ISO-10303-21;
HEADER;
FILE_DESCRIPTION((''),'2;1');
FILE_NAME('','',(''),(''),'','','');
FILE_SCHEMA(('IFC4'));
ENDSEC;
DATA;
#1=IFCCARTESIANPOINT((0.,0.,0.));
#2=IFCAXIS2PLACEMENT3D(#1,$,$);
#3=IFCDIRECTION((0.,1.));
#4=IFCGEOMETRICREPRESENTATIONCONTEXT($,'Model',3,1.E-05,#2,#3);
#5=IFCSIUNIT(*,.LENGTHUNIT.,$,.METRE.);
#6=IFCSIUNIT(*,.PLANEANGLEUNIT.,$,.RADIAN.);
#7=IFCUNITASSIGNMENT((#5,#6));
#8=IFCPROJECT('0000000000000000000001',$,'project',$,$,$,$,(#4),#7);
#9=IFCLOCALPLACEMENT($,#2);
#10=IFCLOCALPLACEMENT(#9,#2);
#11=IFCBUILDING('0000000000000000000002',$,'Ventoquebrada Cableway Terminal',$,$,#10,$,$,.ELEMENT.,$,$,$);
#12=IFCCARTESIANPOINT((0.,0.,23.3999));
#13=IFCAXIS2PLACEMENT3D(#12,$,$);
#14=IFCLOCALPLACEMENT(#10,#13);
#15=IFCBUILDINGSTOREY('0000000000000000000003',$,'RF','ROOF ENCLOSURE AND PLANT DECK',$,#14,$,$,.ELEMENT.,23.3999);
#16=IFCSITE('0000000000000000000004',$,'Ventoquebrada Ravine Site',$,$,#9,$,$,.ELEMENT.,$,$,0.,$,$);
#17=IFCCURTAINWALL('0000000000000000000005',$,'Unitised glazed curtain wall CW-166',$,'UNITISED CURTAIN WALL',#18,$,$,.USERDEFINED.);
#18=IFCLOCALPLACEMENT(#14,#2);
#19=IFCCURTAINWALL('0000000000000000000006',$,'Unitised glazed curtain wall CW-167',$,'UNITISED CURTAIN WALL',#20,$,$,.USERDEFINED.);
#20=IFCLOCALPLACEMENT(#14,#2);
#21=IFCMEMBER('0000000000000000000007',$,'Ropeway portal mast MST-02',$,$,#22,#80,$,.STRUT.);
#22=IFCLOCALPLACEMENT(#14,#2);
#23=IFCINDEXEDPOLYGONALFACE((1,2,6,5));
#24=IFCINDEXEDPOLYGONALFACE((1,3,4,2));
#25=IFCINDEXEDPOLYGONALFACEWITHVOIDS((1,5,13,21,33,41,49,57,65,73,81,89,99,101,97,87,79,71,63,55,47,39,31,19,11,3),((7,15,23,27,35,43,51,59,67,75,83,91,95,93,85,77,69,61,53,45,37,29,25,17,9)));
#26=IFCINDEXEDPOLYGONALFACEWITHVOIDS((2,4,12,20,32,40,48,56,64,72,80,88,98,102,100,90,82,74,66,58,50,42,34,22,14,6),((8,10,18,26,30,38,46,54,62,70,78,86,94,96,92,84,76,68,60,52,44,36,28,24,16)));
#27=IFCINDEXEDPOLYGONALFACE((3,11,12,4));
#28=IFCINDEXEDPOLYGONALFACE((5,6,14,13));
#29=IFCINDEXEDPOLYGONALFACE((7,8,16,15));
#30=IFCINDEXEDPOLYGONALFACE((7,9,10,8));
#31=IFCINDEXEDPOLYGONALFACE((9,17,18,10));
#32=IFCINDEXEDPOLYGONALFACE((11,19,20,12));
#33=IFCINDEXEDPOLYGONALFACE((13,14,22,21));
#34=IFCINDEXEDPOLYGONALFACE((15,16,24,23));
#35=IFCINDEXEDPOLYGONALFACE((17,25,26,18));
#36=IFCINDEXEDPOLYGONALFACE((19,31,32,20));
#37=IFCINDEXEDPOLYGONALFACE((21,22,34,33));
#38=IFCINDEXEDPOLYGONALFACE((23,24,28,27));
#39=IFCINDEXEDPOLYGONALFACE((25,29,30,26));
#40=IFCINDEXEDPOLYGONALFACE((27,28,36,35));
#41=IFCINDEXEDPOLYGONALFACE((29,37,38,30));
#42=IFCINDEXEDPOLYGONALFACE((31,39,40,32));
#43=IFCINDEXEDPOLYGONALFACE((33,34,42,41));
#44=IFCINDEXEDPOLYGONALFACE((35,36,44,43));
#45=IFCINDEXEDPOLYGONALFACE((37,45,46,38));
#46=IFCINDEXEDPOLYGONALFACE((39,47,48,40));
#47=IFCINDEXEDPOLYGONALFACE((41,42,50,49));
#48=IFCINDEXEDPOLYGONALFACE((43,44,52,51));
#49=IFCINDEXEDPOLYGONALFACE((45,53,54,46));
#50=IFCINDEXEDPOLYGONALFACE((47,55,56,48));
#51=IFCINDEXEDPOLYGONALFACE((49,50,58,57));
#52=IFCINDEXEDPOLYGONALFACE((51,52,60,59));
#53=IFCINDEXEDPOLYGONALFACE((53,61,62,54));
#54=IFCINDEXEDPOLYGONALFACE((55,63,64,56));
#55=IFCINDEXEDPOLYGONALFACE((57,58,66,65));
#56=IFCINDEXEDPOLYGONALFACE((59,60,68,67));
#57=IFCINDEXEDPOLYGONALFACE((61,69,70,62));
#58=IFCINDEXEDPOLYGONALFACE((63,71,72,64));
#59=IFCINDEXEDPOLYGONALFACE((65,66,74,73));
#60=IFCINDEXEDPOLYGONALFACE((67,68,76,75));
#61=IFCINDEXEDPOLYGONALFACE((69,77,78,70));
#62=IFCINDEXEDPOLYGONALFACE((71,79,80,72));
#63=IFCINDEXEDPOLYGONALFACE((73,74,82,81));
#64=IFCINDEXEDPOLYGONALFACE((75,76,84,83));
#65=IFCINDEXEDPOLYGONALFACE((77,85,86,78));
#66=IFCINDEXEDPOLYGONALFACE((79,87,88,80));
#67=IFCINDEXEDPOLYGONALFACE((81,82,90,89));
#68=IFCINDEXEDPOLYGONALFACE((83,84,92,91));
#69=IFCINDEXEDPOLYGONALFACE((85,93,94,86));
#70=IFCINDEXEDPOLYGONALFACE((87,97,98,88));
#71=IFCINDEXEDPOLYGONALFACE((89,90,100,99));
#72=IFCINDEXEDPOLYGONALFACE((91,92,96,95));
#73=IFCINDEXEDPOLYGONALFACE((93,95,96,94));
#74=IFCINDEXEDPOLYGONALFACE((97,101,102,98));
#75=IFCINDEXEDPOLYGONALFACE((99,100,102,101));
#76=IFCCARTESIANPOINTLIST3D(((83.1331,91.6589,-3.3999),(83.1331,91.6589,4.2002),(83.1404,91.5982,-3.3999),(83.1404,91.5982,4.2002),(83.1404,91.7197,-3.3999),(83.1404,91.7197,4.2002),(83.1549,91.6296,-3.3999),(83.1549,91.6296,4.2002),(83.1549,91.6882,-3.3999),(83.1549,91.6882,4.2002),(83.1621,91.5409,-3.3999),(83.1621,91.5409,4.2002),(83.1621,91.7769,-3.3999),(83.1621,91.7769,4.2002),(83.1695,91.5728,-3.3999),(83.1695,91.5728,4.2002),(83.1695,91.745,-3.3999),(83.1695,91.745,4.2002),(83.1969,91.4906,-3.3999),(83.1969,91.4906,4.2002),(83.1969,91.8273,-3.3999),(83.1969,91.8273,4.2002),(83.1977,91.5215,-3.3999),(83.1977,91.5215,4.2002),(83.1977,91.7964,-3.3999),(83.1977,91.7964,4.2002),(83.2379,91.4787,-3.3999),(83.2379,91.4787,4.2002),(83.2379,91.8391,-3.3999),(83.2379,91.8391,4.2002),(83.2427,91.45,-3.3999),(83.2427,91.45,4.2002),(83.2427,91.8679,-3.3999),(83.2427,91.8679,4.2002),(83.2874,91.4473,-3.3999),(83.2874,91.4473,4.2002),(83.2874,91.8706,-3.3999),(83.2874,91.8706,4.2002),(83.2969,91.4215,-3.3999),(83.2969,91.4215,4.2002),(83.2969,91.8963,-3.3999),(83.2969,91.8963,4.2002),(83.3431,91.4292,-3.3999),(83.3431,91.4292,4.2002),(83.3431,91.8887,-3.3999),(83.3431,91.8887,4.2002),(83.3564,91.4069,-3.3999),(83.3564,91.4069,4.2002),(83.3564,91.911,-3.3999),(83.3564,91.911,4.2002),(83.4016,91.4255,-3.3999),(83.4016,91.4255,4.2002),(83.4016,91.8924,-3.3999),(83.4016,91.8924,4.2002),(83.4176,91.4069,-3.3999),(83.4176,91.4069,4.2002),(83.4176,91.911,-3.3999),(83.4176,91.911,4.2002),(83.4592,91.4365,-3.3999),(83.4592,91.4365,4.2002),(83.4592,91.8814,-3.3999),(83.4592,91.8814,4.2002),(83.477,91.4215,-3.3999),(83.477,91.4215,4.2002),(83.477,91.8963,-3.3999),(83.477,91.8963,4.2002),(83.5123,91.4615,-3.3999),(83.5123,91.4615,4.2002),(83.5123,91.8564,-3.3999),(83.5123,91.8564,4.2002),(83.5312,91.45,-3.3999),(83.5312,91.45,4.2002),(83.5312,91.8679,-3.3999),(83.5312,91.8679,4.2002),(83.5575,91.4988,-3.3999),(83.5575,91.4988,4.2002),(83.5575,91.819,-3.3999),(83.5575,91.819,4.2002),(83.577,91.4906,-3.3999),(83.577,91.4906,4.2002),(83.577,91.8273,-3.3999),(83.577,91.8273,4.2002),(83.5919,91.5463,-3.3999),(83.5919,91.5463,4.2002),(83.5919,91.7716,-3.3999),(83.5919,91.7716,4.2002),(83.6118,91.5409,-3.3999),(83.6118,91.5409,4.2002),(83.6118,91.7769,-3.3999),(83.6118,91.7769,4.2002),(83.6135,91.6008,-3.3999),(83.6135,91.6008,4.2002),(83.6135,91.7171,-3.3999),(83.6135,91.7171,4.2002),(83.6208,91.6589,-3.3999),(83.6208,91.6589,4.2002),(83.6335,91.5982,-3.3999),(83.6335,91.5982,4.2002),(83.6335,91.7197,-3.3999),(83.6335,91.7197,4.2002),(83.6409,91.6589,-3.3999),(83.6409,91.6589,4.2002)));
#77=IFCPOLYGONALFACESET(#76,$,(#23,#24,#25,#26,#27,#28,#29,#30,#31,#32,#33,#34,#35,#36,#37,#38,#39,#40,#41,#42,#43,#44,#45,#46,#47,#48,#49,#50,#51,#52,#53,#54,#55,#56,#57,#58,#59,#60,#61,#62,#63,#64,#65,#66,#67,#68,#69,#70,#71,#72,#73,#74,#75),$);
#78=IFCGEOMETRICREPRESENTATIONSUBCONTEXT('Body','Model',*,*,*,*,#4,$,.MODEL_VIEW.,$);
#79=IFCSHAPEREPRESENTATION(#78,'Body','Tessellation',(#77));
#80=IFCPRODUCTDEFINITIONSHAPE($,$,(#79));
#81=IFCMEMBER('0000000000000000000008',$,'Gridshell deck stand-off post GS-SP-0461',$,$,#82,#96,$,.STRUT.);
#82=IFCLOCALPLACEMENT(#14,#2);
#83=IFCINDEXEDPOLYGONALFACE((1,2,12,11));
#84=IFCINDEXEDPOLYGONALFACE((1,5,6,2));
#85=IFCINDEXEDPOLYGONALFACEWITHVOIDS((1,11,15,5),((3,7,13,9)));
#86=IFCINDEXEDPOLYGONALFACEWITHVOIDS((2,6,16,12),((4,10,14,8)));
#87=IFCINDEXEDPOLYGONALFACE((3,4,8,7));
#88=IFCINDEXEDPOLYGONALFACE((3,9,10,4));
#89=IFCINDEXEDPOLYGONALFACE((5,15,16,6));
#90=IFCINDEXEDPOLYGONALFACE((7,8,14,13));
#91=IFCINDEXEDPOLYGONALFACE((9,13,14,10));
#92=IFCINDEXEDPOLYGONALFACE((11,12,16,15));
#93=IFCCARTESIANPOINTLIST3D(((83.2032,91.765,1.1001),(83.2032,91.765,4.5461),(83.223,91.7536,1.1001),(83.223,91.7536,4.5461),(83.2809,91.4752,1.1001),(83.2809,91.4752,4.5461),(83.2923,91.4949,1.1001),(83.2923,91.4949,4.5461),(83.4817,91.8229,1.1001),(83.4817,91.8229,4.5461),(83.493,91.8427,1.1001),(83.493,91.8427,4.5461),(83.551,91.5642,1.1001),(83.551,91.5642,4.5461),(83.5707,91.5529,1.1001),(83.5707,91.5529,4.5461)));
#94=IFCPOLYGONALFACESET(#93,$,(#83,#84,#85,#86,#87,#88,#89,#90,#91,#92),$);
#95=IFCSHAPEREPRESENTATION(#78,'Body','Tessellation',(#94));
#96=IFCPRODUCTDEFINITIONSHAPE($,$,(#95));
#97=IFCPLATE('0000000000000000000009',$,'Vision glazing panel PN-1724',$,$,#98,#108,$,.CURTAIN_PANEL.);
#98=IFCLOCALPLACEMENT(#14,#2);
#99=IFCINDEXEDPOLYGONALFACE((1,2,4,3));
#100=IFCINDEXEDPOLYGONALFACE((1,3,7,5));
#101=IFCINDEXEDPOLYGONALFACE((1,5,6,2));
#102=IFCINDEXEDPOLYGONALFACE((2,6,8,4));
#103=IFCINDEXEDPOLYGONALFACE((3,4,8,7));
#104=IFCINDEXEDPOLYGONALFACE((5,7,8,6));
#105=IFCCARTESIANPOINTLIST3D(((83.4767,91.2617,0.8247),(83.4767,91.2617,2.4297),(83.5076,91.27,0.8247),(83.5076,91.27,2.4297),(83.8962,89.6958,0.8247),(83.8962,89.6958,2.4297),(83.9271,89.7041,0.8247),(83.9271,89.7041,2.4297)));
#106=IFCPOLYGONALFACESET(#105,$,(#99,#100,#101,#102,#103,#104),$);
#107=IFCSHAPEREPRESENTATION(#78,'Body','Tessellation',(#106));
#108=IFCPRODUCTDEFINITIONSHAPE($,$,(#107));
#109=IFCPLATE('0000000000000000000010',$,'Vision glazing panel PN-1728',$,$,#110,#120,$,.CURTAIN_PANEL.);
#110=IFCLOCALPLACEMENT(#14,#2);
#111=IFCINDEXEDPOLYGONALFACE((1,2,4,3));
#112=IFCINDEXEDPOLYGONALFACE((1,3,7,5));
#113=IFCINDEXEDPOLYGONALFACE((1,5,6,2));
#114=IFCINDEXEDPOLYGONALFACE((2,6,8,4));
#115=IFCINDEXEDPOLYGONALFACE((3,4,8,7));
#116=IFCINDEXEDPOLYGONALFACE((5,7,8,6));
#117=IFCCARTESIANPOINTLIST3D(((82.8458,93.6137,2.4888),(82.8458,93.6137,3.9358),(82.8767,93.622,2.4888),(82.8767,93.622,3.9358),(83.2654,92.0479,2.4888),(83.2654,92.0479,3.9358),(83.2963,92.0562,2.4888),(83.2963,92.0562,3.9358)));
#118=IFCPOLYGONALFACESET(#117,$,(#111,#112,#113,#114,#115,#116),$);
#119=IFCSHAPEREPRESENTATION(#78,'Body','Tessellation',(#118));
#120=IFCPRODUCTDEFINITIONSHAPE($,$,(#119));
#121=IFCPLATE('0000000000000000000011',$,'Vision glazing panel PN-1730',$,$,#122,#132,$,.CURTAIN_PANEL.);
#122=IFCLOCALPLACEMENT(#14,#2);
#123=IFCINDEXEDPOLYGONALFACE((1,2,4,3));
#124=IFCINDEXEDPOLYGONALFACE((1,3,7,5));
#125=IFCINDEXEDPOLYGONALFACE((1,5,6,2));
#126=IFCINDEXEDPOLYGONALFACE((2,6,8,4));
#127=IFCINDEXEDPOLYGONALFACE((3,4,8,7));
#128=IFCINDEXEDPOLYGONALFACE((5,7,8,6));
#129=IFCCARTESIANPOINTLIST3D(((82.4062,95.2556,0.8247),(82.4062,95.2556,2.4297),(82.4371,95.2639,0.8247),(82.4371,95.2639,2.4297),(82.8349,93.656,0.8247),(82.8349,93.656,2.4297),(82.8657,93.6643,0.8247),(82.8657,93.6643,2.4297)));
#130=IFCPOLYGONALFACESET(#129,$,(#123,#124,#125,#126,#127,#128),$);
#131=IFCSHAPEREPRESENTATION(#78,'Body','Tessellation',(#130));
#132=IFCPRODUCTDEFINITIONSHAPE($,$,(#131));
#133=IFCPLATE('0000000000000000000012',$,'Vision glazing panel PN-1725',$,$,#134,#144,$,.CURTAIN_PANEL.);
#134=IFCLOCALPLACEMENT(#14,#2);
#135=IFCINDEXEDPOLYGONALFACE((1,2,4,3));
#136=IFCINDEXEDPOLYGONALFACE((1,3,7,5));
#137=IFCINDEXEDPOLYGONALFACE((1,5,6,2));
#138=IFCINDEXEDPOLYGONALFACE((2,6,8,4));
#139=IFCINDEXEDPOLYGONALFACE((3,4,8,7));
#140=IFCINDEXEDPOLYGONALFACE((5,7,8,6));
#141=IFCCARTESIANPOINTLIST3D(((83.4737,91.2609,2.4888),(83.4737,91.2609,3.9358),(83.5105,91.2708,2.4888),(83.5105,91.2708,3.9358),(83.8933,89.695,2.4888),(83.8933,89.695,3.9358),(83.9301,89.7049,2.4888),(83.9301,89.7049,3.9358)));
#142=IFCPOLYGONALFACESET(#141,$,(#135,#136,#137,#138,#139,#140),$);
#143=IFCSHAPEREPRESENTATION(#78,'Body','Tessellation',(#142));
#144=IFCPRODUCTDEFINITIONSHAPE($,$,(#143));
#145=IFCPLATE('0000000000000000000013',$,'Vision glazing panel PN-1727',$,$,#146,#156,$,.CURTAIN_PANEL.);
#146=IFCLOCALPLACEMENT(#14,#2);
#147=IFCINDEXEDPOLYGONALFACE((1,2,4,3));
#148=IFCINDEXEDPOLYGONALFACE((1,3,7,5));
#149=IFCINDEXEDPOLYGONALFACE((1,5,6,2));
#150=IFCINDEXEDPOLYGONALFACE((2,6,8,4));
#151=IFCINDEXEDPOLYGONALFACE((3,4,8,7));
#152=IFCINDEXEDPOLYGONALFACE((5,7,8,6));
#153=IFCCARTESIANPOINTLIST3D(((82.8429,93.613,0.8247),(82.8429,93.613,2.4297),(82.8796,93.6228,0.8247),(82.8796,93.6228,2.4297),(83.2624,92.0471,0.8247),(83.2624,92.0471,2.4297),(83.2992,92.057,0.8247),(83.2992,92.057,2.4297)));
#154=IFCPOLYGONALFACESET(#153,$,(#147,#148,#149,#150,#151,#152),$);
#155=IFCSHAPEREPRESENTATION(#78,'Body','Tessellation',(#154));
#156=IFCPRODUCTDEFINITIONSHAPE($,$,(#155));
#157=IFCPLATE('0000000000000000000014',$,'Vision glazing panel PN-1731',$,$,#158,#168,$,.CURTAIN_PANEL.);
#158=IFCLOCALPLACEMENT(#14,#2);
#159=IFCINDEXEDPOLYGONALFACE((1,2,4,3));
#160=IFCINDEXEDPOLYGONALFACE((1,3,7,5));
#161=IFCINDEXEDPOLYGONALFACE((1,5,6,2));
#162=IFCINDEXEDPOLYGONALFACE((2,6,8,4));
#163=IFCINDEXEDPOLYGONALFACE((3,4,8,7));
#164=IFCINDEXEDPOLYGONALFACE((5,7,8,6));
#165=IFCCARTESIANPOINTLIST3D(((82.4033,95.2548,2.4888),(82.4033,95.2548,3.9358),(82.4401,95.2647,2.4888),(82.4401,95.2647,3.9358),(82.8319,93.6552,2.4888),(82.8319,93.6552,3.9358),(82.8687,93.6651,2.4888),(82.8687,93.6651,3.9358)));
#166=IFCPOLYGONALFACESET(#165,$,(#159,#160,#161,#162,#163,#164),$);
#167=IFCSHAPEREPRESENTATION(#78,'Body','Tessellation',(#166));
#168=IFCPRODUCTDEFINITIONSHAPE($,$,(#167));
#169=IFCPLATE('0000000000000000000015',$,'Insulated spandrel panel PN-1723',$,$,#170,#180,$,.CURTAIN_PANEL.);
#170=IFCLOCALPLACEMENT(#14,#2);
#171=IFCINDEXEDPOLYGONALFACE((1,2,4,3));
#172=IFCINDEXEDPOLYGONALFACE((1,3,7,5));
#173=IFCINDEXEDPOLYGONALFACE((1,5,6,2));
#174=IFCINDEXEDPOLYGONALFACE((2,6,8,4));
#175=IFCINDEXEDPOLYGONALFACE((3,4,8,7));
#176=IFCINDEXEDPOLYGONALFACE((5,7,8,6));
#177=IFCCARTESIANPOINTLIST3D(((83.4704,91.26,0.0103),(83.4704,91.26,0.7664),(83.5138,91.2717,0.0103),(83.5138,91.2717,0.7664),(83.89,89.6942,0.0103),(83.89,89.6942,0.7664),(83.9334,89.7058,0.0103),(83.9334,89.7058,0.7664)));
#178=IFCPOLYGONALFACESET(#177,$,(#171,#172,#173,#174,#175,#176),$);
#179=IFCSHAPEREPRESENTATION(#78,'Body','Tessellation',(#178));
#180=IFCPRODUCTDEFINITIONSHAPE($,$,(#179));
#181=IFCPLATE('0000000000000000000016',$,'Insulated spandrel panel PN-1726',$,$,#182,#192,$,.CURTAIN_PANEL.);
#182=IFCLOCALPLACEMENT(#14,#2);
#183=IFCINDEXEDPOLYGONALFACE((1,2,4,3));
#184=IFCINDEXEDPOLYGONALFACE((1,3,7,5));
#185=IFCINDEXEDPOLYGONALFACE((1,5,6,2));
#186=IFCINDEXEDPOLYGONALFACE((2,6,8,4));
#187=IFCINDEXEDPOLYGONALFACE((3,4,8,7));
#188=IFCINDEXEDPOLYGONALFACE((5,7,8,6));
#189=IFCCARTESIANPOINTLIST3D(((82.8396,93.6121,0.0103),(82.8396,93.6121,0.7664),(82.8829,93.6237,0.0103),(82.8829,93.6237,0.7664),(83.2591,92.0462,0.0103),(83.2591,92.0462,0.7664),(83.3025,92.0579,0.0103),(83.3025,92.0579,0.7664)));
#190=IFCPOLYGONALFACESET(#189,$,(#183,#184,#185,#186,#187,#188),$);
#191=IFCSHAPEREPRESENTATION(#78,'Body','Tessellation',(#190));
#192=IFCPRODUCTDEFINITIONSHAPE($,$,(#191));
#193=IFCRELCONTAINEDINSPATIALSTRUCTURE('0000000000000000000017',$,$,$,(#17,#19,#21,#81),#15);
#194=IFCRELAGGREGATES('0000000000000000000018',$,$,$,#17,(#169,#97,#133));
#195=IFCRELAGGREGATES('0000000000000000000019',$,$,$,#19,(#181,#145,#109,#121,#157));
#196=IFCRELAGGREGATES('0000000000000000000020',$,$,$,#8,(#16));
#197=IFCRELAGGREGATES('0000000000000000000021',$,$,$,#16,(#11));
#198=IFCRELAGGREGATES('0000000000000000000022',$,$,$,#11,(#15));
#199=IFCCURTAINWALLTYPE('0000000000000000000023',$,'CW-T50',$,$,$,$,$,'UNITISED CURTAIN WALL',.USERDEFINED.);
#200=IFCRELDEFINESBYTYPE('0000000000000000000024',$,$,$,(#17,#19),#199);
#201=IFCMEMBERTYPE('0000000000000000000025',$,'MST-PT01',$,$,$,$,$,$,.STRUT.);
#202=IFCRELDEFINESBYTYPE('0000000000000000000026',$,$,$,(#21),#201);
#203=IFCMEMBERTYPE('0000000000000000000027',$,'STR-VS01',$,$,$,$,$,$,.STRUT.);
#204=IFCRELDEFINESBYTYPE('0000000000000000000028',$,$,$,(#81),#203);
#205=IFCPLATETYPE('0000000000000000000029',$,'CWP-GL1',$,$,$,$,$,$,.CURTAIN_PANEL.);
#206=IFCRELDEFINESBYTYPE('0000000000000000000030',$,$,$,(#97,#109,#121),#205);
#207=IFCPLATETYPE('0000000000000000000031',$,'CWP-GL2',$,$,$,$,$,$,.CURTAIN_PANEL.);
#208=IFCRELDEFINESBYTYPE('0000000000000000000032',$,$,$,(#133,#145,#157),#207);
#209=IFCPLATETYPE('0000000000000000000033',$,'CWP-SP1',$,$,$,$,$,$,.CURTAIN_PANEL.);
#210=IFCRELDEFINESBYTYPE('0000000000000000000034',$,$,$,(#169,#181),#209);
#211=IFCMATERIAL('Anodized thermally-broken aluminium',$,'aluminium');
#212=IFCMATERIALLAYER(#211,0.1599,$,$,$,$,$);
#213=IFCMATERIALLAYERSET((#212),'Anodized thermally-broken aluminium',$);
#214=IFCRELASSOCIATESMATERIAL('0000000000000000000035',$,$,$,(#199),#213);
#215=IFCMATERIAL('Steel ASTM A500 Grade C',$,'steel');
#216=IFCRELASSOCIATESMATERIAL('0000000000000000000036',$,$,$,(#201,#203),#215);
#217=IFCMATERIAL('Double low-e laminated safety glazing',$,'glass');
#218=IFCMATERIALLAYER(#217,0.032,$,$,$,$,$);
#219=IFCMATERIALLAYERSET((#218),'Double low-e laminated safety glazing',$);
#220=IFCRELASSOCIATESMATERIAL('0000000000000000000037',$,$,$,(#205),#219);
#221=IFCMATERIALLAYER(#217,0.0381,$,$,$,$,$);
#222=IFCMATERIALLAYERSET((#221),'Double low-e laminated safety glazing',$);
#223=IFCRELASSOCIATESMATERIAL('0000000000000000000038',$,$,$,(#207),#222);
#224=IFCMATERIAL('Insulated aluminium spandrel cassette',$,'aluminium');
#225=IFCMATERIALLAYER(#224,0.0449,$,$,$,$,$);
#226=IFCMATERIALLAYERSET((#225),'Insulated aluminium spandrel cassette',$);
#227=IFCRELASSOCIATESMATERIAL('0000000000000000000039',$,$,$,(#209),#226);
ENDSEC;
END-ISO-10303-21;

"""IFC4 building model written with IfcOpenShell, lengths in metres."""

from ifc_helpers import new_model, si_unit, direction, frame, origin, origin_2d, place, context, subcontext, project, spatial, rectangle, hollow_rectangle, hollow_circle, extrude, material, layer, layer_set, material_profile, profile_set, type_object, element, aggregate, save


model = new_model("IFC4")

# Units and contexts
model_context = context("Model", 3, precision=1e-05, world=origin(), true_north=direction((0.0, 1.0)))
body_context = subcontext(model_context, "Body", "Model", "MODEL_VIEW")
ifc_project = project(units=[si_unit("LENGTHUNIT", "METRE"), si_unit("PLANEANGLEUNIT", "RADIAN")], contexts=[model_context])

# Site, building, storey
site_placement = place(None, origin())
site = spatial("IfcSite", under=ifc_project, at=site_placement, Name="Ventoquebrada Ravine Site", CompositionType="ELEMENT", RefElevation=0.0)
building_placement = place(site_placement, origin())
building = spatial("IfcBuilding", under=site, at=building_placement, Name="Ventoquebrada Cableway Terminal", CompositionType="ELEMENT")
storey_placement = place(building_placement, frame((0.0, 0.0, 23.3999)))
storey = spatial("IfcBuildingStorey", under=building, at=storey_placement, Name="RF", Description="ROOF ENCLOSURE AND PLANT DECK", CompositionType="ELEMENT", Elevation=23.3999)

# Shared definitions
ifc_material_1 = material(Name="Steel ASTM A500 Grade C", Category="steel")

# Curtain wall
ifc_material_2 = material(Name="Anodized thermally-broken aluminium", Category="aluminium")
ifc_layer_1 = layer(ifc_material_2, 0.1599)
ifc_layer_set_1 = layer_set([ifc_layer_1], Name="Anodized thermally-broken aluminium")
curtain_wall_type = type_object("IfcCurtainWallType", Name="CW-T50", ElementType="UNITISED CURTAIN WALL", PredefinedType="USERDEFINED", material=ifc_layer_set_1)
curtain_wall_1_placement = place(storey_placement, origin())
curtain_wall_1 = element("IfcCurtainWall", 1, at=curtain_wall_1_placement, inside=storey, type_object=curtain_wall_type, Name="Unitised glazed curtain wall CW-166", ObjectType="UNITISED CURTAIN WALL", PredefinedType="USERDEFINED")

# Curtain wall
curtain_wall_2_placement = place(storey_placement, origin())
curtain_wall_2 = element("IfcCurtainWall", 2, at=curtain_wall_2_placement, inside=storey, type_object=curtain_wall_type, Name="Unitised glazed curtain wall CW-167", ObjectType="UNITISED CURTAIN WALL", PredefinedType="USERDEFINED")

# Members
ifc_material_profile_1 = material_profile(ifc_material_1, hollow_circle(Radius=0.2539, WallThickness=0.02, at=origin_2d()), Name="CHS508.0X20")
ifc_profile_set_1 = profile_set([ifc_material_profile_1], Name="Steel ASTM A500 Grade C")
member_type_1 = type_object("IfcMemberType", Name="MST-PT01", PredefinedType="STRUT", material=ifc_profile_set_1)
member_1_placement = place(storey_placement, frame((83.387, 91.6589, -3.3999), z_axis=(0.0, 0.0, 1.0), x_axis=(1.0, 0.0, 0.0)))
element("IfcMember", 3, at=member_1_placement, inside=storey, type_object=member_type_1, Name="Ropeway portal mast MST-02", PredefinedType="STRUT", context=body_context, shape_type="SweptSolid", body=[
    extrude(hollow_circle(Radius=0.2539, WallThickness=0.02, at=origin_2d()), origin(), (0.0, 0.0, 1.0), 7.6001),
])
ifc_material_profile_2 = material_profile(ifc_material_1, hollow_rectangle(XDim=0.3, YDim=0.3, WallThickness=0.0161, at=origin_2d()), Name="HSS300X300X16")
ifc_profile_set_2 = profile_set([ifc_material_profile_2], Name="Steel ASTM A500 Grade C")
member_type_2 = type_object("IfcMemberType", Name="STR-VS01", PredefinedType="STRUT", material=ifc_profile_set_2)
member_2_placement = place(storey_placement, frame((83.387, 91.6589, 1.1001), z_axis=(0.0, 0.0, 1.0), x_axis=(0.965926, 0.258819, 0.0)))
element("IfcMember", 4, at=member_2_placement, inside=storey, type_object=member_type_2, Name="Gridshell deck stand-off post GS-SP-0461", PredefinedType="STRUT", context=body_context, shape_type="SweptSolid", body=[
    extrude(hollow_rectangle(XDim=0.3, YDim=0.3, WallThickness=0.0161, at=origin_2d()), origin(), (0.0, 0.0, 1.0), 3.446),
])

# Plates
ifc_material_3 = material(Name="Double low-e laminated safety glazing", Category="glass")
ifc_layer_2 = layer(ifc_material_3, 0.032)
ifc_layer_set_2 = layer_set([ifc_layer_2], Name="Double low-e laminated safety glazing")
plate_type_1 = type_object("IfcPlateType", Name="CWP-GL1", PredefinedType="CURTAIN_PANEL", material=ifc_layer_set_2)
plate_1_placement = place(storey_placement, frame((83.7019, 90.4829, 0.8247), z_axis=(0.0, 0.0, 1.0), x_axis=(-0.258802, 0.96593, 0.0)))
plate_1 = element("IfcPlate", 5, at=plate_1_placement, type_object=plate_type_1, Name="Vision glazing panel PN-1724", PredefinedType="CURTAIN_PANEL", context=body_context, shape_type="SweptSolid", body=[
    extrude(rectangle(XDim=1.6211, YDim=0.032, at=origin_2d()), origin(), (0.0, 0.0, 1.0), 1.605),
])
plate_2_placement = place(storey_placement, frame((83.071, 92.835, 2.4888), z_axis=(0.0, 0.0, 1.0), x_axis=(-0.258836, 0.965921, 0.0)))
plate_2 = element("IfcPlate", 6, at=plate_2_placement, type_object=plate_type_1, Name="Vision glazing panel PN-1728", PredefinedType="CURTAIN_PANEL", context=body_context, shape_type="SweptSolid", body=[
    extrude(rectangle(XDim=1.6211, YDim=0.032, at=origin_2d()), origin(), (0.0, 0.0, 1.0), 1.447),
])
plate_3_placement = place(storey_placement, frame((82.636, 94.46, 0.8247), z_axis=(0.0, 0.0, 1.0), x_axis=(-0.258836, 0.965921, 0.0)))
plate_3 = element("IfcPlate", 7, at=plate_3_placement, type_object=plate_type_1, Name="Vision glazing panel PN-1730", PredefinedType="CURTAIN_PANEL", context=body_context, shape_type="SweptSolid", body=[
    extrude(rectangle(XDim=1.656, YDim=0.032, at=origin_2d()), origin(), (0.0, 0.0, 1.0), 1.605),
])
ifc_layer_3 = layer(ifc_material_3, 0.0381)
ifc_layer_set_3 = layer_set([ifc_layer_3], Name="Double low-e laminated safety glazing")
plate_type_2 = type_object("IfcPlateType", Name="CWP-GL2", PredefinedType="CURTAIN_PANEL", material=ifc_layer_set_3)
plate_4_placement = place(storey_placement, frame((83.7019, 90.4829, 2.4888), z_axis=(0.0, 0.0, 1.0), x_axis=(-0.258802, 0.96593, 0.0)))
plate_4 = element("IfcPlate", 8, at=plate_4_placement, type_object=plate_type_2, Name="Vision glazing panel PN-1725", PredefinedType="CURTAIN_PANEL", context=body_context, shape_type="SweptSolid", body=[
    extrude(rectangle(XDim=1.6211, YDim=0.0381, at=origin_2d()), origin(), (0.0, 0.0, 1.0), 1.447),
])
plate_5_placement = place(storey_placement, frame((83.071, 92.835, 0.8247), z_axis=(0.0, 0.0, 1.0), x_axis=(-0.258836, 0.965921, 0.0)))
plate_5 = element("IfcPlate", 9, at=plate_5_placement, type_object=plate_type_2, Name="Vision glazing panel PN-1727", PredefinedType="CURTAIN_PANEL", context=body_context, shape_type="SweptSolid", body=[
    extrude(rectangle(XDim=1.6211, YDim=0.0381, at=origin_2d()), origin(), (0.0, 0.0, 1.0), 1.605),
])
plate_6_placement = place(storey_placement, frame((82.636, 94.46, 2.4888), z_axis=(0.0, 0.0, 1.0), x_axis=(-0.258836, 0.965921, 0.0)))
plate_6 = element("IfcPlate", 10, at=plate_6_placement, type_object=plate_type_2, Name="Vision glazing panel PN-1731", PredefinedType="CURTAIN_PANEL", context=body_context, shape_type="SweptSolid", body=[
    extrude(rectangle(XDim=1.656, YDim=0.0381, at=origin_2d()), origin(), (0.0, 0.0, 1.0), 1.447),
])
ifc_material_4 = material(Name="Insulated aluminium spandrel cassette", Category="aluminium")
ifc_layer_4 = layer(ifc_material_4, 0.0449)
ifc_layer_set_4 = layer_set([ifc_layer_4], Name="Insulated aluminium spandrel cassette")
plate_type_3 = type_object("IfcPlateType", Name="CWP-SP1", PredefinedType="CURTAIN_PANEL", material=ifc_layer_set_4)
plate_7_placement = place(storey_placement, frame((83.7019, 90.4829, 0.0103), z_axis=(0.0, 0.0, 1.0), x_axis=(-0.258802, 0.96593, 0.0)))
plate_7 = element("IfcPlate", 11, at=plate_7_placement, type_object=plate_type_3, Name="Insulated spandrel panel PN-1723", PredefinedType="CURTAIN_PANEL", context=body_context, shape_type="SweptSolid", body=[
    extrude(rectangle(XDim=1.6211, YDim=0.0449, at=origin_2d()), origin(), (0.0, 0.0, 1.0), 0.7561),
])
aggregate(curtain_wall_1, [plate_7, plate_1, plate_4])
plate_8_placement = place(storey_placement, frame((83.071, 92.835, 0.0103), z_axis=(0.0, 0.0, 1.0), x_axis=(-0.258836, 0.965921, 0.0)))
plate_8 = element("IfcPlate", 12, at=plate_8_placement, type_object=plate_type_3, Name="Insulated spandrel panel PN-1726", PredefinedType="CURTAIN_PANEL", context=body_context, shape_type="SweptSolid", body=[
    extrude(rectangle(XDim=1.6211, YDim=0.0449, at=origin_2d()), origin(), (0.0, 0.0, 1.0), 0.7561),
])
aggregate(curtain_wall_2, [plate_8, plate_5, plate_2, plate_3, plate_6])

save(model, "model.ifc")
